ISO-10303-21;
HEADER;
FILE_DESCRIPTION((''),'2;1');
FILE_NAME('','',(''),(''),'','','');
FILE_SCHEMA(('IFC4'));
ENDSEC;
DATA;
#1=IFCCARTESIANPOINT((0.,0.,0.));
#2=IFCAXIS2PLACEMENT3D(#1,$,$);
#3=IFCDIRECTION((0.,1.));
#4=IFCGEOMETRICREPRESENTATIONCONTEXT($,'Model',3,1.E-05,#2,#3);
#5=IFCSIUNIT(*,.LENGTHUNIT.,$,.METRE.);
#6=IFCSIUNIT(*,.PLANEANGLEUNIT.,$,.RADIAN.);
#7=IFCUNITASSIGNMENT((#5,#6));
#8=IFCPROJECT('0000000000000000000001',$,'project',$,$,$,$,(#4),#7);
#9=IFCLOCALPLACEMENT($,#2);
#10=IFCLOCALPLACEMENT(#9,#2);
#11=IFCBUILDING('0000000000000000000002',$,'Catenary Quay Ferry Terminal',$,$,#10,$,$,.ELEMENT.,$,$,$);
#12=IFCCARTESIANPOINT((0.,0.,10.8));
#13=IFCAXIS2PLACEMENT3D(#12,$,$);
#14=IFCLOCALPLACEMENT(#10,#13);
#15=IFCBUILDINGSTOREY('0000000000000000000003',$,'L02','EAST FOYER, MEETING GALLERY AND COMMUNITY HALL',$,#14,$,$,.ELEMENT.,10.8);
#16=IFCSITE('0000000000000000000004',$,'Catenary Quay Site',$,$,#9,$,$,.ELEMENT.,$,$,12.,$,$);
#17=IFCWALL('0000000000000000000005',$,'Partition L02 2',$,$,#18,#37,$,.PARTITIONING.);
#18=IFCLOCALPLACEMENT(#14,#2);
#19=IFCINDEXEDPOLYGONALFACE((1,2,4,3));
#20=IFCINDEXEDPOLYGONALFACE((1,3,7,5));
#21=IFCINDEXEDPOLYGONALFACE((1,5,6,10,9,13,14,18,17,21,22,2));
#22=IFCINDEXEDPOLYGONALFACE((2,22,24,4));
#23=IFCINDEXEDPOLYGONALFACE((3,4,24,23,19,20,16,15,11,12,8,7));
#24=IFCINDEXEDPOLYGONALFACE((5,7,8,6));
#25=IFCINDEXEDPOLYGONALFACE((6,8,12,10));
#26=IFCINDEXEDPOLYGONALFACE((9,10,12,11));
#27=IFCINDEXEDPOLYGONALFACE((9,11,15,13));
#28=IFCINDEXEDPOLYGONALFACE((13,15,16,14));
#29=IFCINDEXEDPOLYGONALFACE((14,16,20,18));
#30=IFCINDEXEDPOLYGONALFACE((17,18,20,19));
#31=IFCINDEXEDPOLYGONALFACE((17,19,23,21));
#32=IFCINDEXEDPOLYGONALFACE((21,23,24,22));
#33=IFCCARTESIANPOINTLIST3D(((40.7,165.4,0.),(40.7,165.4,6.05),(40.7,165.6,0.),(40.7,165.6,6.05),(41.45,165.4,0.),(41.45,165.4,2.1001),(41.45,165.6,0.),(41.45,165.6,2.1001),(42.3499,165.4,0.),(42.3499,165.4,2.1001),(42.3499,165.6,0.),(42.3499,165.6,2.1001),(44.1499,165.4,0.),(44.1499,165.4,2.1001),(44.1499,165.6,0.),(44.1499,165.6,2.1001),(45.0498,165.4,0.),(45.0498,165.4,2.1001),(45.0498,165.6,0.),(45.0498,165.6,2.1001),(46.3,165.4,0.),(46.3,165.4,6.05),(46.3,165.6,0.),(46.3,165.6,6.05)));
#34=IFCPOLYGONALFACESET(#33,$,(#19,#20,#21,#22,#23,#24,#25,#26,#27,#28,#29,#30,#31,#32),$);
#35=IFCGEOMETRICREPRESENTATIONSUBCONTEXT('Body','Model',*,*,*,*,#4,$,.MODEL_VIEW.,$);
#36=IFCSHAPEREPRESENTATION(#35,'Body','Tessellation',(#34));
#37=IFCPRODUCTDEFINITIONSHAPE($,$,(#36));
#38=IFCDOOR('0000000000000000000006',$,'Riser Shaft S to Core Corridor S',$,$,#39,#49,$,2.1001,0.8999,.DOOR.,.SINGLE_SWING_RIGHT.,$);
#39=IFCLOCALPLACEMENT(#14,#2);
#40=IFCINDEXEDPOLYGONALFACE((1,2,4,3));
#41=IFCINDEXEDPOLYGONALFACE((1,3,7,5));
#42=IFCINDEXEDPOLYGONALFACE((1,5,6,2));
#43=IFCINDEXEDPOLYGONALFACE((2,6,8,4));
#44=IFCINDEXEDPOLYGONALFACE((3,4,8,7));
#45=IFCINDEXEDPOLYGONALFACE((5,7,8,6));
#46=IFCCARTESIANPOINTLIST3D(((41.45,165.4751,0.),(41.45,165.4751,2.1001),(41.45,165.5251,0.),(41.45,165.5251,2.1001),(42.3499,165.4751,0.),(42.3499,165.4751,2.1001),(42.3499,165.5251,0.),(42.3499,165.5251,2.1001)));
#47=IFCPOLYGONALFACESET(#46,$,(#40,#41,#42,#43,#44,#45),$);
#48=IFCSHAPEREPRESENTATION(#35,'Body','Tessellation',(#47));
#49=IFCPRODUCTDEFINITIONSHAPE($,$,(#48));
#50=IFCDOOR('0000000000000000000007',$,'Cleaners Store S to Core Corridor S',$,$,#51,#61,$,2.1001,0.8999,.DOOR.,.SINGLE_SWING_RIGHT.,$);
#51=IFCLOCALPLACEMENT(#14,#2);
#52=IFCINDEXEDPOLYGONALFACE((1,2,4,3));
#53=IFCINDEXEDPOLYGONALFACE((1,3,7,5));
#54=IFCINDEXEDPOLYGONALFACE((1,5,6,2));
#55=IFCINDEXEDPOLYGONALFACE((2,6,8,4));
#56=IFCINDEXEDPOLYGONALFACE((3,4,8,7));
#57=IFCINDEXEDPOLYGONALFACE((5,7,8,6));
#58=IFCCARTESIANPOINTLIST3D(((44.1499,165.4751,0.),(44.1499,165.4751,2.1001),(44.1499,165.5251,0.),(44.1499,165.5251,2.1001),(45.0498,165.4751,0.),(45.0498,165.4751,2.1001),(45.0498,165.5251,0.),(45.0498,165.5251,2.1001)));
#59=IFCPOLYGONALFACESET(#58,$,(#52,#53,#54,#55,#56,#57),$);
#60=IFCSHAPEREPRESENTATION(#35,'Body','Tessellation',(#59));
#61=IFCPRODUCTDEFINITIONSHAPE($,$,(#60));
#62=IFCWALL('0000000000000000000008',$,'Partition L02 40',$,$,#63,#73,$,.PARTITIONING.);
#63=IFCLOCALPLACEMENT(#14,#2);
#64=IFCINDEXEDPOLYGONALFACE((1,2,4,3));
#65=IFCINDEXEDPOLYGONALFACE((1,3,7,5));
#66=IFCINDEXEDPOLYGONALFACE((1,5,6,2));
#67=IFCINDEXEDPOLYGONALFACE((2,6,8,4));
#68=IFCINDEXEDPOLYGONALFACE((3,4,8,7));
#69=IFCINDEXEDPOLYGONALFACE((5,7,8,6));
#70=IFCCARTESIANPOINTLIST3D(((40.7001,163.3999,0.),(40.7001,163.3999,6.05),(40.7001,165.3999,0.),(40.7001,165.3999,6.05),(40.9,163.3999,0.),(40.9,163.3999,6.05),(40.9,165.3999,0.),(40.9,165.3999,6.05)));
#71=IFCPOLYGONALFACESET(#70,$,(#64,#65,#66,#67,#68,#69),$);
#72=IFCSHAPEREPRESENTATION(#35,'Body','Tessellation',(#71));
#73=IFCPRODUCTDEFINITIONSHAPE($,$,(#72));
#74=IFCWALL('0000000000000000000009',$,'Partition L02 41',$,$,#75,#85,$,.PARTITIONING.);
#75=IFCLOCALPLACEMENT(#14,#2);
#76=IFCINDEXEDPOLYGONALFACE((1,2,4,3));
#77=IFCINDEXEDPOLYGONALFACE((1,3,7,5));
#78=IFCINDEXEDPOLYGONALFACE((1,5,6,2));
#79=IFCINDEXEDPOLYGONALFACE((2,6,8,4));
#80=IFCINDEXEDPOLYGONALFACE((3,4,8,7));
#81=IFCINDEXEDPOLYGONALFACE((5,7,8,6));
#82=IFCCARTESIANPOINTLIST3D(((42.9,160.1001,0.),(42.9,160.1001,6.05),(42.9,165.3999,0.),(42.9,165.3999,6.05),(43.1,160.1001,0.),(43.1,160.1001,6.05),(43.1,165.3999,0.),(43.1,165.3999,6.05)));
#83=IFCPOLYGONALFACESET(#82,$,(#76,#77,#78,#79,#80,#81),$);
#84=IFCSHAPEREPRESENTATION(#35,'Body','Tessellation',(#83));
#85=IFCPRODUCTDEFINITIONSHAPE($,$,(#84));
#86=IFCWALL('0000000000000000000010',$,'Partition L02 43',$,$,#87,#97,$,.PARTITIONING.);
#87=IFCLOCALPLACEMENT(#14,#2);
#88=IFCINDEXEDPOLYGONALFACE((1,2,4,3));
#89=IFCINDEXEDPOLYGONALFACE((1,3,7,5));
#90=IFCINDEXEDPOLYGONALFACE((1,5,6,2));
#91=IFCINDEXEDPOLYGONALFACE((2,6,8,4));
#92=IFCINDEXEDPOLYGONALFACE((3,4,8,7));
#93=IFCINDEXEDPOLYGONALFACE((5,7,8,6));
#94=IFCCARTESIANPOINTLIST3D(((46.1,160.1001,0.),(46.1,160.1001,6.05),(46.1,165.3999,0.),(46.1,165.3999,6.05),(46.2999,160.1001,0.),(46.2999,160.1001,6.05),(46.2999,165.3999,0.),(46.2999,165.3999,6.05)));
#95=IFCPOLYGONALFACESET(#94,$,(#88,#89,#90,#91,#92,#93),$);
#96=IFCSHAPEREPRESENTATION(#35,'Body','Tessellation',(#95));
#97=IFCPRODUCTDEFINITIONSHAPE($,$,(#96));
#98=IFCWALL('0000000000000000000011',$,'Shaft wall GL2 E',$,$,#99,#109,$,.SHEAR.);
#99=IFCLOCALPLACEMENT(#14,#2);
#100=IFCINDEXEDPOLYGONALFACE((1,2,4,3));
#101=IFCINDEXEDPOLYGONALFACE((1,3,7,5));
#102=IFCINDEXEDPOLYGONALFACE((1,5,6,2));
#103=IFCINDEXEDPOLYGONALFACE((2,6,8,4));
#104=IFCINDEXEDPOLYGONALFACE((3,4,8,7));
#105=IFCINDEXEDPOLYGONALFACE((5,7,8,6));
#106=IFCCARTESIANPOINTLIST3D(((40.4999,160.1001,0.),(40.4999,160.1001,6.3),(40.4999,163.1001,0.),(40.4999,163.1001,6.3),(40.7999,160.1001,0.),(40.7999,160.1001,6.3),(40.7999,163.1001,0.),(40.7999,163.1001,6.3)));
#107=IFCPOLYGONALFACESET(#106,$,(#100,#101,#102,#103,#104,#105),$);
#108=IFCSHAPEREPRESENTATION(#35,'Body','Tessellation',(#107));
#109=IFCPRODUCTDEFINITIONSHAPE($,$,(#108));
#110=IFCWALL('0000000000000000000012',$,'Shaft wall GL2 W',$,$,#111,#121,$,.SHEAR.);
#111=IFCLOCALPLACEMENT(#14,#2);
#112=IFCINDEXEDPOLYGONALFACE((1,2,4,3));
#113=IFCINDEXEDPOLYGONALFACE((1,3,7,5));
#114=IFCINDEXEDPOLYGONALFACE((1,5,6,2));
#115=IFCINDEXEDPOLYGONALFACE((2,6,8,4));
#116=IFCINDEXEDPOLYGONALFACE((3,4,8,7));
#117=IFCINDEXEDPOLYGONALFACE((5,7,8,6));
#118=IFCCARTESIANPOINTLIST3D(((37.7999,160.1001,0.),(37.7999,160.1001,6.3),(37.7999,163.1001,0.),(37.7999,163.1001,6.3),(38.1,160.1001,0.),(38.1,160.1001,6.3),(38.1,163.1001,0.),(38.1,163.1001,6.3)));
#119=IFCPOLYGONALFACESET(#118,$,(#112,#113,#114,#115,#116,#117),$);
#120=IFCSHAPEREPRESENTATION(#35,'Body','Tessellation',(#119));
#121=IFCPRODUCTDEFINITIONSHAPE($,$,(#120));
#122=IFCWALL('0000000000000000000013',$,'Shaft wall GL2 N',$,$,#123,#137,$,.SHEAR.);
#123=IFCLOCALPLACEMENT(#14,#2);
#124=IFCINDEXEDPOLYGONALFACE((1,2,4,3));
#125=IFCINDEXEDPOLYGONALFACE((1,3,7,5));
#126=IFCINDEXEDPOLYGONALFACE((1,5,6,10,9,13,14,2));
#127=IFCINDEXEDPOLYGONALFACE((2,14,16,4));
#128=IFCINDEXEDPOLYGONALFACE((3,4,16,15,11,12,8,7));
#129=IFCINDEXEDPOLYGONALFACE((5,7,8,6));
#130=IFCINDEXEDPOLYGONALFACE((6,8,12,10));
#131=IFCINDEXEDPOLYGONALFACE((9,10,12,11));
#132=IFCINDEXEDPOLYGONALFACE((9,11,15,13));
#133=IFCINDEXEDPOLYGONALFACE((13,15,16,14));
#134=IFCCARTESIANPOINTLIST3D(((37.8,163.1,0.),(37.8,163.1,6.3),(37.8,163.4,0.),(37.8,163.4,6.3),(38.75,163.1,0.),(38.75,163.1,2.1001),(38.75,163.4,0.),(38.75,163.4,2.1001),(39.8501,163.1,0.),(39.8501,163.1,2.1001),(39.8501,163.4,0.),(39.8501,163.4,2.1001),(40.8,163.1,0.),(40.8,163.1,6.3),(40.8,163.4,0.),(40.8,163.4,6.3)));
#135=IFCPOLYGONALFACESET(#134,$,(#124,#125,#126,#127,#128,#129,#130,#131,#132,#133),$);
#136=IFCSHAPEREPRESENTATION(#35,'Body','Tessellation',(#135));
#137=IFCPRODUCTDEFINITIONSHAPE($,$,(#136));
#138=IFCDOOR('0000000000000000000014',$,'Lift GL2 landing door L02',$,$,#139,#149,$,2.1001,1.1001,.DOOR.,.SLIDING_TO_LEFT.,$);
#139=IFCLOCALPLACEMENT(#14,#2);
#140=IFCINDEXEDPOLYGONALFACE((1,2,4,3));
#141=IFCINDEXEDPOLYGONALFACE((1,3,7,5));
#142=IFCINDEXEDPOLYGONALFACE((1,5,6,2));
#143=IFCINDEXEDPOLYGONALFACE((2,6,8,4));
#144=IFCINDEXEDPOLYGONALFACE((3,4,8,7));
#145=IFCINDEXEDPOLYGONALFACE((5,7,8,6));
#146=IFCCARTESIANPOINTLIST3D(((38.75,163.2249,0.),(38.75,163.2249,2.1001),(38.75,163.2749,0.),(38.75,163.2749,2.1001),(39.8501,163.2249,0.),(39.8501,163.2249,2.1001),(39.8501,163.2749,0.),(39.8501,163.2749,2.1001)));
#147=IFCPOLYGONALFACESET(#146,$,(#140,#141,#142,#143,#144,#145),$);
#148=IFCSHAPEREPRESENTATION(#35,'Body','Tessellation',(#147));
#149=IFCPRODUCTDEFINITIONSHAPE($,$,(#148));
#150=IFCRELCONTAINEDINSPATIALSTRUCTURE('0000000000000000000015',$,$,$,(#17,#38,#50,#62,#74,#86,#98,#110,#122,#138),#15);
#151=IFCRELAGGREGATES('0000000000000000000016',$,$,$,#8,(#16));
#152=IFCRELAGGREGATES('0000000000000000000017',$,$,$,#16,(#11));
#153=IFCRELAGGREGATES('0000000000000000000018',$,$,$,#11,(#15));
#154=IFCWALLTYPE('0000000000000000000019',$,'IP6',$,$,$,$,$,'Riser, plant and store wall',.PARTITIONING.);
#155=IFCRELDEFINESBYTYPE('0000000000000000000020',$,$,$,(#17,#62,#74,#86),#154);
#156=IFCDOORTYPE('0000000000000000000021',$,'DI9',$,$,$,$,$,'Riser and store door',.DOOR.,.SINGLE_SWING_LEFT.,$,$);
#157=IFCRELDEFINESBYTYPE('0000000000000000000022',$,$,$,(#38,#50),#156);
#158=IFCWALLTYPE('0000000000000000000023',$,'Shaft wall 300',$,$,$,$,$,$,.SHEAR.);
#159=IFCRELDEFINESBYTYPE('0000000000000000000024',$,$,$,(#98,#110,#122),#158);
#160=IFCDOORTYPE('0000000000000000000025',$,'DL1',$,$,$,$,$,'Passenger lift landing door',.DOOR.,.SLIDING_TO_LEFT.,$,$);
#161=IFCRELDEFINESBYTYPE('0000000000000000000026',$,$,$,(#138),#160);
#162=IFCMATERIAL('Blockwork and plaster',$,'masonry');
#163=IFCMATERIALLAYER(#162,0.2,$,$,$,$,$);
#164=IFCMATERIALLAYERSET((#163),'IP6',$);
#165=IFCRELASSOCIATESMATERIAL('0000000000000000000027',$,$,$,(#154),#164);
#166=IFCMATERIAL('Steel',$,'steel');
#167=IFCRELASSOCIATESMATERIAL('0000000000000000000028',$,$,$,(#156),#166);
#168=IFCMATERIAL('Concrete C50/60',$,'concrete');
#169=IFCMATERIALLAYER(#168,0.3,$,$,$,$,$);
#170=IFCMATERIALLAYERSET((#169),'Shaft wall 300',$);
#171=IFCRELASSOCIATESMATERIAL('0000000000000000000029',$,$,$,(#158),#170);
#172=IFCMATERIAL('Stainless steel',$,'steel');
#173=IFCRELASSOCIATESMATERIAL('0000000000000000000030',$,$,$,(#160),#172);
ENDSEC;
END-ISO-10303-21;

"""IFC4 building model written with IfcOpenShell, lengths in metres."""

from ifc_helpers import new_model, si_unit, direction, frame, frame_2d, origin, place, context, subcontext, project, spatial, rectangle, extrude, material, layer, layer_set, type_object, element, fill, save


model = new_model("IFC4")

# Units and contexts
model_context = context("Model", 3, precision=1e-05, world=origin(), true_north=direction((0.0, 1.0)))
body_context = subcontext(model_context, "Body", "Model", "MODEL_VIEW")
ifc_project = project(units=[si_unit("LENGTHUNIT", "METRE"), si_unit("PLANEANGLEUNIT", "RADIAN")], contexts=[model_context])

# Site, building, storey
site_placement = place(None, origin())
site = spatial("IfcSite", under=ifc_project, at=site_placement, Name="Catenary Quay Site", CompositionType="ELEMENT", RefElevation=12.0)
building_placement = place(site_placement, origin())
building = spatial("IfcBuilding", under=site, at=building_placement, Name="Catenary Quay Ferry Terminal", CompositionType="ELEMENT")
storey_placement = place(building_placement, frame((0.0, 0.0, 10.8)))
storey = spatial("IfcBuildingStorey", under=building, at=storey_placement, Name="L02", Description="EAST FOYER, MEETING GALLERY AND COMMUNITY HALL", CompositionType="ELEMENT", Elevation=10.8)

# Wall, openings, doors
ifc_material_1 = material(Name="Blockwork and plaster", Category="masonry")
ifc_layer_1 = layer(ifc_material_1, 0.2)
ifc_layer_set_1 = layer_set([ifc_layer_1], Name="IP6")
wall_type_1 = type_object("IfcWallType", Name="IP6", ElementType="Riser, plant and store wall", PredefinedType="PARTITIONING", material=ifc_layer_set_1)
wall_1_placement = place(storey_placement, frame((40.7, 165.5, 0.0), z_axis=(0.0, 0.0, 1.0), x_axis=(1.0, 0.0, 0.0)))
wall_1 = element("IfcWall", 1, at=wall_1_placement, inside=storey, type_object=wall_type_1, Name="Partition L02 2", PredefinedType="PARTITIONING", context=body_context, shape_type="SweptSolid", body=[
    extrude(rectangle(XDim=5.6001, YDim=0.2, at=frame_2d((2.8, 0.0))), origin(), (0.0, 0.0, 1.0), 6.05),
])
opening_1_placement = place(wall_1_placement, frame((0.75, 0.0, 0.0)))
opening_1 = element("IfcOpeningElement", 2, at=opening_1_placement, cuts=wall_1, PredefinedType="OPENING", context=body_context, shape_type="SweptSolid", body=[
    extrude(rectangle(XDim=0.8999, YDim=2.1001, at=frame_2d((0.45, 1.05))), frame((0.0, 0.1099, 0.0), z_axis=(0.0, -1.0, 0.0), x_axis=(1.0, 0.0, 0.0)), (0.0, 0.0, 1.0), 0.22),
])
opening_2_placement = place(wall_1_placement, frame((3.45, 0.0, 0.0)))
opening_2 = element("IfcOpeningElement", 3, at=opening_2_placement, cuts=wall_1, PredefinedType="OPENING", context=body_context, shape_type="SweptSolid", body=[
    extrude(rectangle(XDim=0.8999, YDim=2.1001, at=frame_2d((0.45, 1.05))), frame((0.0, 0.1099, 0.0), z_axis=(0.0, -1.0, 0.0), x_axis=(1.0, 0.0, 0.0)), (0.0, 0.0, 1.0), 0.22),
])
ifc_material_2 = material(Name="Steel", Category="steel")
door_type_1 = type_object("IfcDoorType", Name="DI9", ElementType="Riser and store door", OperationType="SINGLE_SWING_LEFT", PredefinedType="DOOR", material=ifc_material_2)
door_1_placement = place(opening_1_placement, frame((0.8999, 0.0, 0.0), z_axis=(0.0, 0.0, 1.0), x_axis=(-1.0, 0.0, 0.0)))
door_1 = element("IfcDoor", 4, at=door_1_placement, inside=storey, type_object=door_type_1, Name="Riser Shaft S to Core Corridor S", OperationType="SINGLE_SWING_RIGHT", OverallHeight=2.1001, OverallWidth=0.8999, PredefinedType="DOOR", context=body_context, shape_type="SweptSolid", body=[
    extrude(rectangle(XDim=0.8999, YDim=2.1001, at=frame_2d((0.45, 1.05))), frame((0.0, 0.0249, 0.0), z_axis=(0.0, -1.0, 0.0), x_axis=(1.0, 0.0, 0.0)), (0.0, 0.0, 1.0), 0.05),
])
fill(opening_1, door_1)
door_2_placement = place(opening_2_placement, frame((0.8999, 0.0, 0.0), z_axis=(0.0, 0.0, 1.0), x_axis=(-1.0, 0.0, 0.0)))
door_2 = element("IfcDoor", 5, at=door_2_placement, inside=storey, type_object=door_type_1, Name="Cleaners Store S to Core Corridor S", OperationType="SINGLE_SWING_RIGHT", OverallHeight=2.1001, OverallWidth=0.8999, PredefinedType="DOOR", context=body_context, shape_type="SweptSolid", body=[
    extrude(rectangle(XDim=0.8999, YDim=2.1001, at=frame_2d((0.45, 1.05))), frame((0.0, 0.0249, 0.0), z_axis=(0.0, -1.0, 0.0), x_axis=(1.0, 0.0, 0.0)), (0.0, 0.0, 1.0), 0.05),
])
fill(opening_2, door_2)

# Walls
wall_2_placement = place(storey_placement, frame((40.8, 163.3999, 0.0), z_axis=(0.0, 0.0, 1.0), x_axis=(0.0, 1.0, 0.0)))
element("IfcWall", 6, at=wall_2_placement, inside=storey, type_object=wall_type_1, Name="Partition L02 40", PredefinedType="PARTITIONING", context=body_context, shape_type="SweptSolid", body=[
    extrude(rectangle(XDim=2.0, YDim=0.2, at=frame_2d((1.0, 0.0))), origin(), (0.0, 0.0, 1.0), 6.05),
])
for number, where, z_axis, x_axis, name in (
    (7, (43.0, 160.1001, 0.0), (0.0, 0.0, 1.0), (0.0, 1.0, 0.0), "Partition L02 41"),
    (8, (46.2, 160.1001, 0.0), (0.0, 0.0, 1.0), (0.0, 1.0, 0.0), "Partition L02 43"),
):
    element("IfcWall", number, at=place(storey_placement, frame(where, z_axis=z_axis, x_axis=x_axis)), inside=storey, type_object=wall_type_1, Name=name, PredefinedType="PARTITIONING", context=body_context, shape_type="SweptSolid", body=[
        extrude(rectangle(XDim=5.2998, YDim=0.2, at=frame_2d((2.6499, 0.0))), origin(), (0.0, 0.0, 1.0), 6.05),
    ])
ifc_material_3 = material(Name="Concrete C50/60", Category="concrete")
ifc_layer_2 = layer(ifc_material_3, 0.3)
ifc_layer_set_2 = layer_set([ifc_layer_2], Name="Shaft wall 300")
wall_type_2 = type_object("IfcWallType", Name="Shaft wall 300", PredefinedType="SHEAR", material=ifc_layer_set_2)
for number, where, z_axis, x_axis, name in (
    (9, (40.6499, 160.1001, 0.0), (0.0, 0.0, 1.0), (0.0, 1.0, 0.0), "Shaft wall GL2 E"),
    (10, (37.95, 160.1001, 0.0), (0.0, 0.0, 1.0), (0.0, 1.0, 0.0), "Shaft wall GL2 W"),
):
    element("IfcWall", number, at=place(storey_placement, frame(where, z_axis=z_axis, x_axis=x_axis)), inside=storey, type_object=wall_type_2, Name=name, PredefinedType="SHEAR", context=body_context, shape_type="SweptSolid", body=[
        extrude(rectangle(XDim=3.0, YDim=0.3, at=frame_2d((1.5, 0.0))), origin(), (0.0, 0.0, 1.0), 6.3),
    ])

# Wall, opening, door
wall_3_placement = place(storey_placement, frame((37.8, 163.25, 0.0), z_axis=(0.0, 0.0, 1.0), x_axis=(1.0, 0.0, 0.0)))
wall_3 = element("IfcWall", 11, at=wall_3_placement, inside=storey, type_object=wall_type_2, Name="Shaft wall GL2 N", PredefinedType="SHEAR", context=body_context, shape_type="SweptSolid", body=[
    extrude(rectangle(XDim=3.0, YDim=0.3, at=frame_2d((1.5, 0.0))), origin(), (0.0, 0.0, 1.0), 6.3),
])
opening_3_placement = place(wall_3_placement, frame((0.95, 0.0, 0.0)))
opening_3 = element("IfcOpeningElement", 12, at=opening_3_placement, cuts=wall_3, PredefinedType="OPENING", context=body_context, shape_type="SweptSolid", body=[
    extrude(rectangle(XDim=1.1001, YDim=2.1001, at=frame_2d((0.55, 1.05))), frame((0.0, 0.1599, 0.0), z_axis=(0.0, -1.0, 0.0), x_axis=(1.0, 0.0, 0.0)), (0.0, 0.0, 1.0), 0.3201),
])
ifc_material_4 = material(Name="Stainless steel", Category="steel")
door_type_2 = type_object("IfcDoorType", Name="DL1", ElementType="Passenger lift landing door", OperationType="SLIDING_TO_LEFT", PredefinedType="DOOR", material=ifc_material_4)
door_3_placement = place(opening_3_placement, origin())
door_3 = element("IfcDoor", 13, at=door_3_placement, inside=storey, type_object=door_type_2, Name="Lift GL2 landing door L02", OperationType="SLIDING_TO_LEFT", OverallHeight=2.1001, OverallWidth=1.1001, PredefinedType="DOOR", context=body_context, shape_type="SweptSolid", body=[
    extrude(rectangle(XDim=1.1001, YDim=2.1001, at=frame_2d((0.55, 1.05))), frame((0.0, 0.0249, 0.0), z_axis=(0.0, -1.0, 0.0), x_axis=(1.0, 0.0, 0.0)), (0.0, 0.0, 1.0), 0.05),
])
fill(opening_3, door_3)

save(model, "model.ifc")
